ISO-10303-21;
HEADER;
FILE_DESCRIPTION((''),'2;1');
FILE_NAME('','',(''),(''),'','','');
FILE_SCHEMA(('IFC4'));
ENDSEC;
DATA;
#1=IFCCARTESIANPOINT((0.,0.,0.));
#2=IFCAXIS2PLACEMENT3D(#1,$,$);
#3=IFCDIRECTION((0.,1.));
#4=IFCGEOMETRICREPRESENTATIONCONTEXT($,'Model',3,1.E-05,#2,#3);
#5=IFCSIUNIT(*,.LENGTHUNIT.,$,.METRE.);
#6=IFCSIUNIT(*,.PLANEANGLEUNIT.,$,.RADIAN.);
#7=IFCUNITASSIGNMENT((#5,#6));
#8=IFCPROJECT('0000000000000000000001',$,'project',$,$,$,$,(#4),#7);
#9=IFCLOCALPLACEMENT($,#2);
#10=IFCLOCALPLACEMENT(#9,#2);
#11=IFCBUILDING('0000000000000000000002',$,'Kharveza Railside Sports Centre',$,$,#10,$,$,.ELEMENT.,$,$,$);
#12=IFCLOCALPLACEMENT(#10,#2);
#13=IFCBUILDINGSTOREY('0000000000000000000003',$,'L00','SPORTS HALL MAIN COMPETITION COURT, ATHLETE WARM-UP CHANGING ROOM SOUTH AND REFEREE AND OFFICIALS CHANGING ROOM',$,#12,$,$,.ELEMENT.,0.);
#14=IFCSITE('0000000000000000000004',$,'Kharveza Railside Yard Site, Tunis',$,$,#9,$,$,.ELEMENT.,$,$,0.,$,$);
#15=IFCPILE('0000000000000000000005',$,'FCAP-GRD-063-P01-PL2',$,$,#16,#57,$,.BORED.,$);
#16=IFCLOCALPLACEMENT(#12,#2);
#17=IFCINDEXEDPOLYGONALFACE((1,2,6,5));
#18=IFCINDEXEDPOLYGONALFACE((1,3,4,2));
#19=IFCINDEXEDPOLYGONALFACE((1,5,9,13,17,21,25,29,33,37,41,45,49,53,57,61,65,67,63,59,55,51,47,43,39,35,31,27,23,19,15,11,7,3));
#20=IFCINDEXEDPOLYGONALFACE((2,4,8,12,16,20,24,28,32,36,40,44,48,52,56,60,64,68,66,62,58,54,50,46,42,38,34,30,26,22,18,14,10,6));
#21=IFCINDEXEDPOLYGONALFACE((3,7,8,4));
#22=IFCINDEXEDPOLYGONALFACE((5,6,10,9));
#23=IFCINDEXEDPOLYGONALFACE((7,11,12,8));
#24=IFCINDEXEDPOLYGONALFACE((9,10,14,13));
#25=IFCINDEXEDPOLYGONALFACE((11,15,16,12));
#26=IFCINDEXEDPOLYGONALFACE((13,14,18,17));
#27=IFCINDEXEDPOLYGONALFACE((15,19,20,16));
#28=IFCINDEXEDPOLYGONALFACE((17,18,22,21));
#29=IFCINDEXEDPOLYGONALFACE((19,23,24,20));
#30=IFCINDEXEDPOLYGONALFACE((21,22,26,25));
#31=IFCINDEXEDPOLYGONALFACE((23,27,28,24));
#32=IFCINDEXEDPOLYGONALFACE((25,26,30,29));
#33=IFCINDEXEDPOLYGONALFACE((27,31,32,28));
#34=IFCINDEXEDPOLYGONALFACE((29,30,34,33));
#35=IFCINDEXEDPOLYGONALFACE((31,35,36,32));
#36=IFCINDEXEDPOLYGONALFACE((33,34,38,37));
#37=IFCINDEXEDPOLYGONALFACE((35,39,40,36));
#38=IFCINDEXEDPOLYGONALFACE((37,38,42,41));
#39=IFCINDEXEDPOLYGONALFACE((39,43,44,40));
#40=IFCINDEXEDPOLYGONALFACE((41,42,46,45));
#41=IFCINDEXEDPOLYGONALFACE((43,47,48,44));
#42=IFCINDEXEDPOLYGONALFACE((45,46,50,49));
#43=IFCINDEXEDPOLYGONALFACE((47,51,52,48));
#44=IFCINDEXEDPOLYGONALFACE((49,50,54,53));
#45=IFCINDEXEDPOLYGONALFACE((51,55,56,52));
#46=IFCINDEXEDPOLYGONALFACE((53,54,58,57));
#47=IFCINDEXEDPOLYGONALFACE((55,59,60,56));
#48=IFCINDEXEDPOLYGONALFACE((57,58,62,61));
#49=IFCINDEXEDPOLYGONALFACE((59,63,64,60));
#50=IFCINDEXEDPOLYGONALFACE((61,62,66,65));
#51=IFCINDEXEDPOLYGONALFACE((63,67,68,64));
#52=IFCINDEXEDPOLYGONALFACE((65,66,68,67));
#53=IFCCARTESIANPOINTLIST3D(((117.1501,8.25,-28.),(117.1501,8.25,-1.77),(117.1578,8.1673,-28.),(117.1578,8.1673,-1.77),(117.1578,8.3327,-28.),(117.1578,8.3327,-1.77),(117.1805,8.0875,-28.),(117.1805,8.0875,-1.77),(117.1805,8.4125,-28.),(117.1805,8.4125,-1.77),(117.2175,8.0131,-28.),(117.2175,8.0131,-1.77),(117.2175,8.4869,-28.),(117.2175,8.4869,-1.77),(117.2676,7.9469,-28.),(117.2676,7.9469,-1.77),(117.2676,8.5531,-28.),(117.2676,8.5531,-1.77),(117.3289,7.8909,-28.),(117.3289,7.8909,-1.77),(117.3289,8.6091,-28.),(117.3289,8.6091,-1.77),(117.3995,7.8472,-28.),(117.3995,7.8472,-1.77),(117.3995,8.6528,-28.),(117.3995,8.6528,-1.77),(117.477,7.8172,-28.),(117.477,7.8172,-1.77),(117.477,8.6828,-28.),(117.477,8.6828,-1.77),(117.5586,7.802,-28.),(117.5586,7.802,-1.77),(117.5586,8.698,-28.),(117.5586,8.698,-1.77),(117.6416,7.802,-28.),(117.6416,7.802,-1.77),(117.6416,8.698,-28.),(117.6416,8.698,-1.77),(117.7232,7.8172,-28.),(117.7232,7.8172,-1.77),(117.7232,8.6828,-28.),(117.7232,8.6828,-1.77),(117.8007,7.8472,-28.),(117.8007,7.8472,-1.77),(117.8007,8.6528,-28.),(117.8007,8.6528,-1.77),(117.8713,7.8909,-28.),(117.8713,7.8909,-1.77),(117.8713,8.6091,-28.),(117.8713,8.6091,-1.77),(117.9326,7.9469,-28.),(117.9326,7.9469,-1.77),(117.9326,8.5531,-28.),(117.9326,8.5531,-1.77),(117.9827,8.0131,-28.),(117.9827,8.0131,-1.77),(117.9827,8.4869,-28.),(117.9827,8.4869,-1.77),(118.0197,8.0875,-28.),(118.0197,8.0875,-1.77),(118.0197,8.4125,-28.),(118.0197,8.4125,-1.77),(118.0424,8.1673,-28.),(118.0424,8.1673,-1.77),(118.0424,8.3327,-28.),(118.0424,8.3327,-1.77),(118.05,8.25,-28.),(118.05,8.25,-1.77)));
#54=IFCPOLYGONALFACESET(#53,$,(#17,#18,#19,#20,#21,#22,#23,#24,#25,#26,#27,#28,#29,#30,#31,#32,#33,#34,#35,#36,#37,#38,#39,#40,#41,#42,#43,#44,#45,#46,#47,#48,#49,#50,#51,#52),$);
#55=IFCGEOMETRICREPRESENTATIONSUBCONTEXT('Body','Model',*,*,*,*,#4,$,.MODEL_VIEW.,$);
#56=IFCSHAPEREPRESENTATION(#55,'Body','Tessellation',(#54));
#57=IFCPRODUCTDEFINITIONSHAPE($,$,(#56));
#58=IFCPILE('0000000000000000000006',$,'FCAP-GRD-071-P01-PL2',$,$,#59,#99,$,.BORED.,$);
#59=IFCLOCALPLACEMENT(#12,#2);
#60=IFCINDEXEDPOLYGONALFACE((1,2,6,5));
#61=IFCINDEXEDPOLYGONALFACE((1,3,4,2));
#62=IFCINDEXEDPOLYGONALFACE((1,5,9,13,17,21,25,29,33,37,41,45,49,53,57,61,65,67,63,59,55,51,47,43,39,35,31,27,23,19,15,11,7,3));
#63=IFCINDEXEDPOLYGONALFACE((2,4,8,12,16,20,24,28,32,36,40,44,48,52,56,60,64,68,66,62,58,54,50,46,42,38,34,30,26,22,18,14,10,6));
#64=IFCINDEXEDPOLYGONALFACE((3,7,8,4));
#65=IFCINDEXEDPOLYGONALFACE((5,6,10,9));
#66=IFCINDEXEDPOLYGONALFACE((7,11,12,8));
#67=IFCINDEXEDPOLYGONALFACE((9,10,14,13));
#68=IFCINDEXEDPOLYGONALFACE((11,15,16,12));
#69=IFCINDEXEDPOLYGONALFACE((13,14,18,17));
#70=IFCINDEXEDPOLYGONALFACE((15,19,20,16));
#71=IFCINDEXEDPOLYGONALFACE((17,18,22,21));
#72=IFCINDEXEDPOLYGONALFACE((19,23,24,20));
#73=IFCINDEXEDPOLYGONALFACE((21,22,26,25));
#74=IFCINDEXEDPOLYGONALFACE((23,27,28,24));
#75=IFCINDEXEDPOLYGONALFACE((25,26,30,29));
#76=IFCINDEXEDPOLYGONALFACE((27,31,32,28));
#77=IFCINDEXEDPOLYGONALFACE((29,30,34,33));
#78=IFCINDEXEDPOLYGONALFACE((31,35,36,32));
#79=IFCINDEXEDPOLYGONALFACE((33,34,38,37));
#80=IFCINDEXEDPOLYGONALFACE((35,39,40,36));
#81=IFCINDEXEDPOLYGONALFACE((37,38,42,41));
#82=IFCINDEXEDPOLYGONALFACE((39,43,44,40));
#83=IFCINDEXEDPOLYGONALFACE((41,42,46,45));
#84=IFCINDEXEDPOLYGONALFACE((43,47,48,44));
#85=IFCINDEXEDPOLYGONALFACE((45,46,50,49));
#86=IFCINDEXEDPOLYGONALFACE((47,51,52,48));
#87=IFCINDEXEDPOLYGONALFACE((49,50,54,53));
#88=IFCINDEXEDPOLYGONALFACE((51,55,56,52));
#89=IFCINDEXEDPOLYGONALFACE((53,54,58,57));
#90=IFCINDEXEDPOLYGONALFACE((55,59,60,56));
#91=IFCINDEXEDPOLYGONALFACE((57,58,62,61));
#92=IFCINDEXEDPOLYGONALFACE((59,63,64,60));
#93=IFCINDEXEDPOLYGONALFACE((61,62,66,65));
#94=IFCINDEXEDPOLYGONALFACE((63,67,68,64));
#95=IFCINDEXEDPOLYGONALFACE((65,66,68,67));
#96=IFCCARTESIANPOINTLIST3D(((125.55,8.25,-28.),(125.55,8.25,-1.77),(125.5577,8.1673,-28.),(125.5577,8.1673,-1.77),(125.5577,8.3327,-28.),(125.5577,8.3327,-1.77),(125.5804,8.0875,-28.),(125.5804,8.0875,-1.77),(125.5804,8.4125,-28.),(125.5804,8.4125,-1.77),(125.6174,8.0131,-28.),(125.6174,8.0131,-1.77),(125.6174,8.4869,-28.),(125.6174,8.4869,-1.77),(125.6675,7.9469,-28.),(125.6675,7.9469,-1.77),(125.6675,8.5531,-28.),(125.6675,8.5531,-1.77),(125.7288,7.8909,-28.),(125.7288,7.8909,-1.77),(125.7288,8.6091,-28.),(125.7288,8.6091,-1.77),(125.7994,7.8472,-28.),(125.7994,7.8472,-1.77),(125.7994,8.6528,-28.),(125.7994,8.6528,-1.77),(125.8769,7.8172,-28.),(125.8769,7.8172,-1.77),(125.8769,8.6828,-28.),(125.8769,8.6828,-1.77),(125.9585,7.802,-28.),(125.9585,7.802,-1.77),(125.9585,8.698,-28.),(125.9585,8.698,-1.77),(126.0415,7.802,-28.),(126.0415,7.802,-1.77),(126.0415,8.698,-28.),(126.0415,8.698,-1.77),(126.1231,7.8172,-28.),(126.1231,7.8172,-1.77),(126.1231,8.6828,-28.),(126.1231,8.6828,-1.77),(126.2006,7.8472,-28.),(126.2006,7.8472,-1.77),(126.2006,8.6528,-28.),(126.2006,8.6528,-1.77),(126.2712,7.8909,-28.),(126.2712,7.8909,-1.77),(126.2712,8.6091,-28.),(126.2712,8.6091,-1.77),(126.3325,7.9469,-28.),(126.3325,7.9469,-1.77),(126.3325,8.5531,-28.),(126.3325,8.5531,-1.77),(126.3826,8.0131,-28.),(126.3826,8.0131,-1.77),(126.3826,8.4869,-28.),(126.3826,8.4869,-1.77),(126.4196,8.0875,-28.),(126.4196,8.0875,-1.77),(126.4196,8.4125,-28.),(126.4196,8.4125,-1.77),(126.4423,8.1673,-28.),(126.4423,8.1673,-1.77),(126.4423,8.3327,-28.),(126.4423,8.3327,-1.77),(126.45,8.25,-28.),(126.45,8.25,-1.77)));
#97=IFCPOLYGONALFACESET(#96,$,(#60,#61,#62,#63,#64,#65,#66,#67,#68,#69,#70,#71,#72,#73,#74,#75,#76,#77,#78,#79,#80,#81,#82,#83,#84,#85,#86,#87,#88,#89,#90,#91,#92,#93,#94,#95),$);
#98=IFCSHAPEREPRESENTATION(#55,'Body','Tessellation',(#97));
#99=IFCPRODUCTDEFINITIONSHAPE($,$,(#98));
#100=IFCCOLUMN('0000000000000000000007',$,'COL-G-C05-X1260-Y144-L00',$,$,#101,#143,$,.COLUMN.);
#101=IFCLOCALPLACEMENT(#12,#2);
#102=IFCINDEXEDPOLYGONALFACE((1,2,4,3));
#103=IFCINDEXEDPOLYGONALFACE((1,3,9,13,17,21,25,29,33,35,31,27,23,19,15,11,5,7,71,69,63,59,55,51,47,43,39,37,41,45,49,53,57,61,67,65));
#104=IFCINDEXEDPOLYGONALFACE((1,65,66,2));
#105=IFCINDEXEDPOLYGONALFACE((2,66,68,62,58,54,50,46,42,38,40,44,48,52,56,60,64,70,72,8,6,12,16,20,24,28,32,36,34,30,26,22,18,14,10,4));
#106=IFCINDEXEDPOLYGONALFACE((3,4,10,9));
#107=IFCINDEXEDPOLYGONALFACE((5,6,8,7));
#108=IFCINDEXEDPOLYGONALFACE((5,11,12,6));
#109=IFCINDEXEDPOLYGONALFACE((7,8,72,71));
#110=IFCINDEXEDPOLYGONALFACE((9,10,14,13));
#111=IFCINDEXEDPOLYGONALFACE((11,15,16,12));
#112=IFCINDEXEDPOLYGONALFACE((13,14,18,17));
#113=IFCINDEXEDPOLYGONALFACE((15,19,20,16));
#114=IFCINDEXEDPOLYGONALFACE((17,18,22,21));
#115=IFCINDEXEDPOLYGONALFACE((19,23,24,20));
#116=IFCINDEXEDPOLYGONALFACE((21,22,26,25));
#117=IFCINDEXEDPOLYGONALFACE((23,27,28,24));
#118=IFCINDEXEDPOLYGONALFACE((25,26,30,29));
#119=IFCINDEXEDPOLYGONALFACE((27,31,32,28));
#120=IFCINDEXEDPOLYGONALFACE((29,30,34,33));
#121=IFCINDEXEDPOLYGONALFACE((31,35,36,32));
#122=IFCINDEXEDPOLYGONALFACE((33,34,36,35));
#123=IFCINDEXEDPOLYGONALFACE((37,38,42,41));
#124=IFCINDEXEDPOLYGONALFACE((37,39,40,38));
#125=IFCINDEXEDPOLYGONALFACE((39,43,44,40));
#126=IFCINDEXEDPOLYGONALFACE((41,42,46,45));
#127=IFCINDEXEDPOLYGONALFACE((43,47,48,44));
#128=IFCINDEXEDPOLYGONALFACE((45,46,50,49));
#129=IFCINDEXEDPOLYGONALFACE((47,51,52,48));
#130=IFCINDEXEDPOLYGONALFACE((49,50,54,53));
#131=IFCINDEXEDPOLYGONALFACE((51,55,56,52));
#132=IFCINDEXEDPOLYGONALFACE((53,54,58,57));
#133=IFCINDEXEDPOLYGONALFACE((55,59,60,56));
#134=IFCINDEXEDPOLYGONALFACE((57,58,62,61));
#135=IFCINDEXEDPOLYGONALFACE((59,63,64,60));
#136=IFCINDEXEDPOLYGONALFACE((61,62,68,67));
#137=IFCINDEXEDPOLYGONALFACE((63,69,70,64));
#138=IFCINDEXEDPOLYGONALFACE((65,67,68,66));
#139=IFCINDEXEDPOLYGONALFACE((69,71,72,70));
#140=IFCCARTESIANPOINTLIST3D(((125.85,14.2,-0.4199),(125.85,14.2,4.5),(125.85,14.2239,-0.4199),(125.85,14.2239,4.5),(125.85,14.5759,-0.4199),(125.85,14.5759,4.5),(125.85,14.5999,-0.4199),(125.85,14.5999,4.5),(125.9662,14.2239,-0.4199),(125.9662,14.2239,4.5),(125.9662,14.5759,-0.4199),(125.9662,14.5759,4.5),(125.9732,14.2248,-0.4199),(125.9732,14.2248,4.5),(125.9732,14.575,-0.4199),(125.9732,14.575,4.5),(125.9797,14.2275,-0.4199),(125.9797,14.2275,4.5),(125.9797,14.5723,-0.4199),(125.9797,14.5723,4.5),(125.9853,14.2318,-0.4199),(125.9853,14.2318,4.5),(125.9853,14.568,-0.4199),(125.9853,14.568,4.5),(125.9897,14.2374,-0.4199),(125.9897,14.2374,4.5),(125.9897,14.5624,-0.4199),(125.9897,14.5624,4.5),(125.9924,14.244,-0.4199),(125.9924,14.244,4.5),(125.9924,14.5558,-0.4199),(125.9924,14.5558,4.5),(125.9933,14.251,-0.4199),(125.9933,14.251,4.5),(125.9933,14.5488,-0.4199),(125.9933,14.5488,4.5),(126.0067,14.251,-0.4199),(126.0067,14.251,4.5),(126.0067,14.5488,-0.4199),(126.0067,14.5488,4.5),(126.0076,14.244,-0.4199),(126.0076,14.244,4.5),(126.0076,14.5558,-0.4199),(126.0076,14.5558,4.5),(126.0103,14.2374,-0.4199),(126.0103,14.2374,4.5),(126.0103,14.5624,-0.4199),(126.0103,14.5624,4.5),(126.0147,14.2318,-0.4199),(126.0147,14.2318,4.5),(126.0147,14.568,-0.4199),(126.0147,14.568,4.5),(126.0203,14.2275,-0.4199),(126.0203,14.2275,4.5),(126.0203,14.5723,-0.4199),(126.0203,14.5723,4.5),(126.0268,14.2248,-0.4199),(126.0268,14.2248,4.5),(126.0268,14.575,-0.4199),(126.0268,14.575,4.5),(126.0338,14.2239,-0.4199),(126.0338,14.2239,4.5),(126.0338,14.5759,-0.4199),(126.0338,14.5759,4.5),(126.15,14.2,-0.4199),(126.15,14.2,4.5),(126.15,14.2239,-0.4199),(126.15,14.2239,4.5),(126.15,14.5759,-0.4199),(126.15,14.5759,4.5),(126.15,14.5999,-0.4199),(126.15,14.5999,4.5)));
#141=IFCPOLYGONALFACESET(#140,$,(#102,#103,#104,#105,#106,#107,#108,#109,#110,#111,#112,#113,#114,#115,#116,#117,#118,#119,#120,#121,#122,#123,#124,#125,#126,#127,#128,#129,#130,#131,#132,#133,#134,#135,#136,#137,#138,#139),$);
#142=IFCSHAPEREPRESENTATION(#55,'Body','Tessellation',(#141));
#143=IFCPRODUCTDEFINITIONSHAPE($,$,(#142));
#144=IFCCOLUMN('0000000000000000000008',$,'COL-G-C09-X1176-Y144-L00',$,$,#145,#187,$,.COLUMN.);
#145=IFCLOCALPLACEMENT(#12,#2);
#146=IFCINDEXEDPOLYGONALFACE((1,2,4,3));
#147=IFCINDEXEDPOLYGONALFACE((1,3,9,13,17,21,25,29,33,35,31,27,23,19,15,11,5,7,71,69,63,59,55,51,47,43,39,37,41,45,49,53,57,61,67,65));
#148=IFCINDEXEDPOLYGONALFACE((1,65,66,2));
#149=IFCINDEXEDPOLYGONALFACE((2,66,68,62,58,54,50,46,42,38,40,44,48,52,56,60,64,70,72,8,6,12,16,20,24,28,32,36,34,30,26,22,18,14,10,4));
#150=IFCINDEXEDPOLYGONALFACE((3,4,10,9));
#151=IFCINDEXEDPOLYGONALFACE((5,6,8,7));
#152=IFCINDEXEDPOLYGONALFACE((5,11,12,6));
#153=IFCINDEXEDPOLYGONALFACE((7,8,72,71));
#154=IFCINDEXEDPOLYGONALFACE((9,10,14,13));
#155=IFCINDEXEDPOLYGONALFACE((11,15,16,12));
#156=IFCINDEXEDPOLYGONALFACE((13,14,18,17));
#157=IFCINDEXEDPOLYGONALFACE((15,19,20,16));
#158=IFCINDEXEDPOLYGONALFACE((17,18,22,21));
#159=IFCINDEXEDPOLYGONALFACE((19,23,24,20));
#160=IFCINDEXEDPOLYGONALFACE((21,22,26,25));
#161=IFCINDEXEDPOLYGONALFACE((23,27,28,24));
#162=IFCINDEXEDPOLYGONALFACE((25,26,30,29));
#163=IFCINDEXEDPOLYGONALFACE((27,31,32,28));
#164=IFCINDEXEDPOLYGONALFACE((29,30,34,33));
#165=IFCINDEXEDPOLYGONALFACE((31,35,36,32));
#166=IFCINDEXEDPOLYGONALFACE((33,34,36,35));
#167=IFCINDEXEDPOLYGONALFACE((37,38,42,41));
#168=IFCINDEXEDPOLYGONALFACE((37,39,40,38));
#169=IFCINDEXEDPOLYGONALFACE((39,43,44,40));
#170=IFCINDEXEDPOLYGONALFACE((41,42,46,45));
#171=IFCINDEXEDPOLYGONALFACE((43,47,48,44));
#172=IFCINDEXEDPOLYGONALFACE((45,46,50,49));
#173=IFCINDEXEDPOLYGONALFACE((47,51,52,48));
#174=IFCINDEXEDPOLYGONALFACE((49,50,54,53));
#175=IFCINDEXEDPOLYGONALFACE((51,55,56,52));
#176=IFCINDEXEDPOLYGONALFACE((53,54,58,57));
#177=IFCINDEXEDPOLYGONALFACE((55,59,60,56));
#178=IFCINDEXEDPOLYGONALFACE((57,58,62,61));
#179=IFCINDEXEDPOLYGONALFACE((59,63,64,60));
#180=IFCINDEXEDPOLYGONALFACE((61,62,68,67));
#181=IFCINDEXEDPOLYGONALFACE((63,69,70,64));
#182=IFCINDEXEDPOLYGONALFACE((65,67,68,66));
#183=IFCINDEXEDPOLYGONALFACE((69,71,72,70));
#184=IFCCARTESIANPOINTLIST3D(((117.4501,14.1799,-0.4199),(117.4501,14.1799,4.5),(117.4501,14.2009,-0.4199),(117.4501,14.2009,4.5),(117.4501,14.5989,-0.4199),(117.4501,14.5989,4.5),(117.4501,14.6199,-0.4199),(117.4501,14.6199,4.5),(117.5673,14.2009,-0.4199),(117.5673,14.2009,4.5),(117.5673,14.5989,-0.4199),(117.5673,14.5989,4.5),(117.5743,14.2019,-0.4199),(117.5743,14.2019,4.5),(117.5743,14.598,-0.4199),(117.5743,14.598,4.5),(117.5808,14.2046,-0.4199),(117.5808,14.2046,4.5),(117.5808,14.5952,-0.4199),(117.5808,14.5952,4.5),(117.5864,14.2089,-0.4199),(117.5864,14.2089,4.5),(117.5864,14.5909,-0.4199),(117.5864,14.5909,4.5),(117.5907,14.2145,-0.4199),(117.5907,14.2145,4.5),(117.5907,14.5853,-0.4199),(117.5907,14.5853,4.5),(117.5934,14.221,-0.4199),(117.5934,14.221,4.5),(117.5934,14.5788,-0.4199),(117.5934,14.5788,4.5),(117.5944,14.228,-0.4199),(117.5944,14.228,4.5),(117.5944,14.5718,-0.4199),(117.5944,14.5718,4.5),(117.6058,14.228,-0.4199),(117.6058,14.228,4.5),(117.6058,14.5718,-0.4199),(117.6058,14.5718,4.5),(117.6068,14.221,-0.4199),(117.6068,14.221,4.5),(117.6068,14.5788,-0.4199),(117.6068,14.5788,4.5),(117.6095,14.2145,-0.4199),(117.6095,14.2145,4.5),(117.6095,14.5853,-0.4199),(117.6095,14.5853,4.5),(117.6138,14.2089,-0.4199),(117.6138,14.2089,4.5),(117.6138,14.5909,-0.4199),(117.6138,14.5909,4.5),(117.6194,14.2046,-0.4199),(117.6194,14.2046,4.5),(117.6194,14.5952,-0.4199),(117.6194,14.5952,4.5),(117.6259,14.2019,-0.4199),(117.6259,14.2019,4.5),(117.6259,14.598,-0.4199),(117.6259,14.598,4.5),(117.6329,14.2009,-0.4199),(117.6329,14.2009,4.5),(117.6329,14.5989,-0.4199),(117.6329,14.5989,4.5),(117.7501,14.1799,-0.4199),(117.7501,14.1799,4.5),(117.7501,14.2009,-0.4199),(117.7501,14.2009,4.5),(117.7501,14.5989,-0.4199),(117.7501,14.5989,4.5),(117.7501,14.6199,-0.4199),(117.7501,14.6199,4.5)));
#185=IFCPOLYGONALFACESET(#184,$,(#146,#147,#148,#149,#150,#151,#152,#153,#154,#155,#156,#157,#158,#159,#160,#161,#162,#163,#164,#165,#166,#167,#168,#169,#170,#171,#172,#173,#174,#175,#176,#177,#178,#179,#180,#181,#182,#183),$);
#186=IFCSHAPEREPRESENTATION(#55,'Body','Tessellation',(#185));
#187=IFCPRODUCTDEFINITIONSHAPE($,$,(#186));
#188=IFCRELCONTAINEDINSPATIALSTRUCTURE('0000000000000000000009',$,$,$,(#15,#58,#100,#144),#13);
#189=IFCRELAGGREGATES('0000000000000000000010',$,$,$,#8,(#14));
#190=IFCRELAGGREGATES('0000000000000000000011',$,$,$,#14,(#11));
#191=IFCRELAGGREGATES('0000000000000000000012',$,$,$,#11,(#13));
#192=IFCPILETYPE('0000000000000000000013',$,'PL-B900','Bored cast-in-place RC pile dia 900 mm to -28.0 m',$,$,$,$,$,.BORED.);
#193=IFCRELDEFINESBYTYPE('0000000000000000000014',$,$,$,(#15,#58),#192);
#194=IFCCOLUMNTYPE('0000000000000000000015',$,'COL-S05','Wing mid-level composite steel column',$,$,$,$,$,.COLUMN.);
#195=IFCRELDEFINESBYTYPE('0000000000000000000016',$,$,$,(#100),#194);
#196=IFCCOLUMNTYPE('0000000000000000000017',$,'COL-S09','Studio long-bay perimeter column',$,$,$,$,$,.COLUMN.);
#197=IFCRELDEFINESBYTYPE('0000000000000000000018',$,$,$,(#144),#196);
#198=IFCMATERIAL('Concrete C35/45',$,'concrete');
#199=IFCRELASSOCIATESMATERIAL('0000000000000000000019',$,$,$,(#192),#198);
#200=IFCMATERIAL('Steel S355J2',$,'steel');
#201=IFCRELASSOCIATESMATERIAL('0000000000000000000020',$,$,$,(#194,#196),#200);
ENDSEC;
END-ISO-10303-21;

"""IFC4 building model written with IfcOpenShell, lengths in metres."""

from ifc_helpers import new_model, si_unit, direction, frame, origin, origin_2d, place, context, subcontext, project, spatial, circle, i_section, extrude, material, material_profile, profile_set, type_object, element, save


model = new_model("IFC4")

# Units and contexts
model_context = context("Model", 3, precision=1e-05, world=origin(), true_north=direction((0.0, 1.0)))
body_context = subcontext(model_context, "Body", "Model", "MODEL_VIEW")
ifc_project = project(units=[si_unit("LENGTHUNIT", "METRE"), si_unit("PLANEANGLEUNIT", "RADIAN")], contexts=[model_context])

# Site, building, storey
site_placement = place(None, origin())
site = spatial("IfcSite", under=ifc_project, at=site_placement, Name="Kharveza Railside Yard Site, Tunis", CompositionType="ELEMENT", RefElevation=0.0)
building_placement = place(site_placement, origin())
building = spatial("IfcBuilding", under=site, at=building_placement, Name="Kharveza Railside Sports Centre", CompositionType="ELEMENT")
storey_placement = place(building_placement, origin())
storey = spatial("IfcBuildingStorey", under=building, at=storey_placement, Name="L00", Description="SPORTS HALL MAIN COMPETITION COURT, ATHLETE WARM-UP CHANGING ROOM SOUTH AND REFEREE AND OFFICIALS CHANGING ROOM", CompositionType="ELEMENT", Elevation=0.0)

# Shared definitions
ifc_material_1 = material(Name="Concrete C35/45", Category="concrete")

# Piles
ifc_material_profile_1 = material_profile(ifc_material_1, circle(Radius=0.45, at=origin_2d()), Name="PILE D900")
ifc_profile_set_1 = profile_set([ifc_material_profile_1], Name="Concrete C35/45")
pile_type_1 = type_object("IfcPileType", Name="PL-B900", Description="Bored cast-in-place RC pile dia 900 mm to -28.0 m", PredefinedType="BORED", material=ifc_profile_set_1)
for number, where, z_axis, x_axis, name in (
    (1, (117.6001, 8.25, -1.77), (0.0, 0.0, -1.0), (1.0, 0.0, 0.0), "FCAP-GRD-063-P01-PL2"),
    (2, (126.0, 8.25, -1.77), (0.0, 0.0, -1.0), (1.0, 0.0, 0.0), "FCAP-GRD-071-P01-PL2"),
):
    element("IfcPile", number, at=place(storey_placement, frame(where, z_axis=z_axis, x_axis=x_axis)), inside=storey, type_object=pile_type_1, Name=name, PredefinedType="BORED", context=body_context, shape_type="SweptSolid", body=[
        extrude(circle(Radius=0.45, at=origin_2d()), origin(), (0.0, 0.0, 1.0), 26.23),
    ])

# Columns
ifc_material_2 = material(Name="Steel S355J2", Category="steel")
ifc_material_profile_2 = material_profile(ifc_material_2, i_section(OverallWidth=0.3, OverallDepth=0.3999, WebThickness=0.0134, FlangeThickness=0.0239, FilletRadius=0.0271, at=origin_2d()), Name="HEB 400")
ifc_profile_set_2 = profile_set([ifc_material_profile_2], Name="Steel S355J2")
column_type_1 = type_object("IfcColumnType", Name="COL-S05", Description="Wing mid-level composite steel column", PredefinedType="COLUMN", material=ifc_profile_set_2)
column_1_placement = place(storey_placement, frame((126.0, 14.3999, -0.4199), z_axis=(0.0, 0.0, 1.0), x_axis=(1.0, 0.0, 0.0)))
element("IfcColumn", 3, at=column_1_placement, inside=storey, type_object=column_type_1, Name="COL-G-C05-X1260-Y144-L00", PredefinedType="COLUMN", context=body_context, shape_type="SweptSolid", body=[
    extrude(i_section(OverallWidth=0.3, OverallDepth=0.3999, WebThickness=0.0134, FlangeThickness=0.0239, FilletRadius=0.0271, at=origin_2d()), origin(), (0.0, 0.0, 1.0), 4.9199),
])
ifc_material_profile_3 = material_profile(ifc_material_2, i_section(OverallWidth=0.3, OverallDepth=0.4399, WebThickness=0.0115, FlangeThickness=0.021, FilletRadius=0.0271, at=origin_2d()), Name="HEA 450")
ifc_profile_set_3 = profile_set([ifc_material_profile_3], Name="Steel S355J2")
column_type_2 = type_object("IfcColumnType", Name="COL-S09", Description="Studio long-bay perimeter column", PredefinedType="COLUMN", material=ifc_profile_set_3)
column_2_placement = place(storey_placement, frame((117.6001, 14.3999, -0.4199), z_axis=(0.0, 0.0, 1.0), x_axis=(1.0, 0.0, 0.0)))
element("IfcColumn", 4, at=column_2_placement, inside=storey, type_object=column_type_2, Name="COL-G-C09-X1176-Y144-L00", PredefinedType="COLUMN", context=body_context, shape_type="SweptSolid", body=[
    extrude(i_section(OverallWidth=0.3, OverallDepth=0.4399, WebThickness=0.0115, FlangeThickness=0.021, FilletRadius=0.0271, at=origin_2d()), origin(), (0.0, 0.0, 1.0), 4.9199),
])

save(model, "model.ifc")
